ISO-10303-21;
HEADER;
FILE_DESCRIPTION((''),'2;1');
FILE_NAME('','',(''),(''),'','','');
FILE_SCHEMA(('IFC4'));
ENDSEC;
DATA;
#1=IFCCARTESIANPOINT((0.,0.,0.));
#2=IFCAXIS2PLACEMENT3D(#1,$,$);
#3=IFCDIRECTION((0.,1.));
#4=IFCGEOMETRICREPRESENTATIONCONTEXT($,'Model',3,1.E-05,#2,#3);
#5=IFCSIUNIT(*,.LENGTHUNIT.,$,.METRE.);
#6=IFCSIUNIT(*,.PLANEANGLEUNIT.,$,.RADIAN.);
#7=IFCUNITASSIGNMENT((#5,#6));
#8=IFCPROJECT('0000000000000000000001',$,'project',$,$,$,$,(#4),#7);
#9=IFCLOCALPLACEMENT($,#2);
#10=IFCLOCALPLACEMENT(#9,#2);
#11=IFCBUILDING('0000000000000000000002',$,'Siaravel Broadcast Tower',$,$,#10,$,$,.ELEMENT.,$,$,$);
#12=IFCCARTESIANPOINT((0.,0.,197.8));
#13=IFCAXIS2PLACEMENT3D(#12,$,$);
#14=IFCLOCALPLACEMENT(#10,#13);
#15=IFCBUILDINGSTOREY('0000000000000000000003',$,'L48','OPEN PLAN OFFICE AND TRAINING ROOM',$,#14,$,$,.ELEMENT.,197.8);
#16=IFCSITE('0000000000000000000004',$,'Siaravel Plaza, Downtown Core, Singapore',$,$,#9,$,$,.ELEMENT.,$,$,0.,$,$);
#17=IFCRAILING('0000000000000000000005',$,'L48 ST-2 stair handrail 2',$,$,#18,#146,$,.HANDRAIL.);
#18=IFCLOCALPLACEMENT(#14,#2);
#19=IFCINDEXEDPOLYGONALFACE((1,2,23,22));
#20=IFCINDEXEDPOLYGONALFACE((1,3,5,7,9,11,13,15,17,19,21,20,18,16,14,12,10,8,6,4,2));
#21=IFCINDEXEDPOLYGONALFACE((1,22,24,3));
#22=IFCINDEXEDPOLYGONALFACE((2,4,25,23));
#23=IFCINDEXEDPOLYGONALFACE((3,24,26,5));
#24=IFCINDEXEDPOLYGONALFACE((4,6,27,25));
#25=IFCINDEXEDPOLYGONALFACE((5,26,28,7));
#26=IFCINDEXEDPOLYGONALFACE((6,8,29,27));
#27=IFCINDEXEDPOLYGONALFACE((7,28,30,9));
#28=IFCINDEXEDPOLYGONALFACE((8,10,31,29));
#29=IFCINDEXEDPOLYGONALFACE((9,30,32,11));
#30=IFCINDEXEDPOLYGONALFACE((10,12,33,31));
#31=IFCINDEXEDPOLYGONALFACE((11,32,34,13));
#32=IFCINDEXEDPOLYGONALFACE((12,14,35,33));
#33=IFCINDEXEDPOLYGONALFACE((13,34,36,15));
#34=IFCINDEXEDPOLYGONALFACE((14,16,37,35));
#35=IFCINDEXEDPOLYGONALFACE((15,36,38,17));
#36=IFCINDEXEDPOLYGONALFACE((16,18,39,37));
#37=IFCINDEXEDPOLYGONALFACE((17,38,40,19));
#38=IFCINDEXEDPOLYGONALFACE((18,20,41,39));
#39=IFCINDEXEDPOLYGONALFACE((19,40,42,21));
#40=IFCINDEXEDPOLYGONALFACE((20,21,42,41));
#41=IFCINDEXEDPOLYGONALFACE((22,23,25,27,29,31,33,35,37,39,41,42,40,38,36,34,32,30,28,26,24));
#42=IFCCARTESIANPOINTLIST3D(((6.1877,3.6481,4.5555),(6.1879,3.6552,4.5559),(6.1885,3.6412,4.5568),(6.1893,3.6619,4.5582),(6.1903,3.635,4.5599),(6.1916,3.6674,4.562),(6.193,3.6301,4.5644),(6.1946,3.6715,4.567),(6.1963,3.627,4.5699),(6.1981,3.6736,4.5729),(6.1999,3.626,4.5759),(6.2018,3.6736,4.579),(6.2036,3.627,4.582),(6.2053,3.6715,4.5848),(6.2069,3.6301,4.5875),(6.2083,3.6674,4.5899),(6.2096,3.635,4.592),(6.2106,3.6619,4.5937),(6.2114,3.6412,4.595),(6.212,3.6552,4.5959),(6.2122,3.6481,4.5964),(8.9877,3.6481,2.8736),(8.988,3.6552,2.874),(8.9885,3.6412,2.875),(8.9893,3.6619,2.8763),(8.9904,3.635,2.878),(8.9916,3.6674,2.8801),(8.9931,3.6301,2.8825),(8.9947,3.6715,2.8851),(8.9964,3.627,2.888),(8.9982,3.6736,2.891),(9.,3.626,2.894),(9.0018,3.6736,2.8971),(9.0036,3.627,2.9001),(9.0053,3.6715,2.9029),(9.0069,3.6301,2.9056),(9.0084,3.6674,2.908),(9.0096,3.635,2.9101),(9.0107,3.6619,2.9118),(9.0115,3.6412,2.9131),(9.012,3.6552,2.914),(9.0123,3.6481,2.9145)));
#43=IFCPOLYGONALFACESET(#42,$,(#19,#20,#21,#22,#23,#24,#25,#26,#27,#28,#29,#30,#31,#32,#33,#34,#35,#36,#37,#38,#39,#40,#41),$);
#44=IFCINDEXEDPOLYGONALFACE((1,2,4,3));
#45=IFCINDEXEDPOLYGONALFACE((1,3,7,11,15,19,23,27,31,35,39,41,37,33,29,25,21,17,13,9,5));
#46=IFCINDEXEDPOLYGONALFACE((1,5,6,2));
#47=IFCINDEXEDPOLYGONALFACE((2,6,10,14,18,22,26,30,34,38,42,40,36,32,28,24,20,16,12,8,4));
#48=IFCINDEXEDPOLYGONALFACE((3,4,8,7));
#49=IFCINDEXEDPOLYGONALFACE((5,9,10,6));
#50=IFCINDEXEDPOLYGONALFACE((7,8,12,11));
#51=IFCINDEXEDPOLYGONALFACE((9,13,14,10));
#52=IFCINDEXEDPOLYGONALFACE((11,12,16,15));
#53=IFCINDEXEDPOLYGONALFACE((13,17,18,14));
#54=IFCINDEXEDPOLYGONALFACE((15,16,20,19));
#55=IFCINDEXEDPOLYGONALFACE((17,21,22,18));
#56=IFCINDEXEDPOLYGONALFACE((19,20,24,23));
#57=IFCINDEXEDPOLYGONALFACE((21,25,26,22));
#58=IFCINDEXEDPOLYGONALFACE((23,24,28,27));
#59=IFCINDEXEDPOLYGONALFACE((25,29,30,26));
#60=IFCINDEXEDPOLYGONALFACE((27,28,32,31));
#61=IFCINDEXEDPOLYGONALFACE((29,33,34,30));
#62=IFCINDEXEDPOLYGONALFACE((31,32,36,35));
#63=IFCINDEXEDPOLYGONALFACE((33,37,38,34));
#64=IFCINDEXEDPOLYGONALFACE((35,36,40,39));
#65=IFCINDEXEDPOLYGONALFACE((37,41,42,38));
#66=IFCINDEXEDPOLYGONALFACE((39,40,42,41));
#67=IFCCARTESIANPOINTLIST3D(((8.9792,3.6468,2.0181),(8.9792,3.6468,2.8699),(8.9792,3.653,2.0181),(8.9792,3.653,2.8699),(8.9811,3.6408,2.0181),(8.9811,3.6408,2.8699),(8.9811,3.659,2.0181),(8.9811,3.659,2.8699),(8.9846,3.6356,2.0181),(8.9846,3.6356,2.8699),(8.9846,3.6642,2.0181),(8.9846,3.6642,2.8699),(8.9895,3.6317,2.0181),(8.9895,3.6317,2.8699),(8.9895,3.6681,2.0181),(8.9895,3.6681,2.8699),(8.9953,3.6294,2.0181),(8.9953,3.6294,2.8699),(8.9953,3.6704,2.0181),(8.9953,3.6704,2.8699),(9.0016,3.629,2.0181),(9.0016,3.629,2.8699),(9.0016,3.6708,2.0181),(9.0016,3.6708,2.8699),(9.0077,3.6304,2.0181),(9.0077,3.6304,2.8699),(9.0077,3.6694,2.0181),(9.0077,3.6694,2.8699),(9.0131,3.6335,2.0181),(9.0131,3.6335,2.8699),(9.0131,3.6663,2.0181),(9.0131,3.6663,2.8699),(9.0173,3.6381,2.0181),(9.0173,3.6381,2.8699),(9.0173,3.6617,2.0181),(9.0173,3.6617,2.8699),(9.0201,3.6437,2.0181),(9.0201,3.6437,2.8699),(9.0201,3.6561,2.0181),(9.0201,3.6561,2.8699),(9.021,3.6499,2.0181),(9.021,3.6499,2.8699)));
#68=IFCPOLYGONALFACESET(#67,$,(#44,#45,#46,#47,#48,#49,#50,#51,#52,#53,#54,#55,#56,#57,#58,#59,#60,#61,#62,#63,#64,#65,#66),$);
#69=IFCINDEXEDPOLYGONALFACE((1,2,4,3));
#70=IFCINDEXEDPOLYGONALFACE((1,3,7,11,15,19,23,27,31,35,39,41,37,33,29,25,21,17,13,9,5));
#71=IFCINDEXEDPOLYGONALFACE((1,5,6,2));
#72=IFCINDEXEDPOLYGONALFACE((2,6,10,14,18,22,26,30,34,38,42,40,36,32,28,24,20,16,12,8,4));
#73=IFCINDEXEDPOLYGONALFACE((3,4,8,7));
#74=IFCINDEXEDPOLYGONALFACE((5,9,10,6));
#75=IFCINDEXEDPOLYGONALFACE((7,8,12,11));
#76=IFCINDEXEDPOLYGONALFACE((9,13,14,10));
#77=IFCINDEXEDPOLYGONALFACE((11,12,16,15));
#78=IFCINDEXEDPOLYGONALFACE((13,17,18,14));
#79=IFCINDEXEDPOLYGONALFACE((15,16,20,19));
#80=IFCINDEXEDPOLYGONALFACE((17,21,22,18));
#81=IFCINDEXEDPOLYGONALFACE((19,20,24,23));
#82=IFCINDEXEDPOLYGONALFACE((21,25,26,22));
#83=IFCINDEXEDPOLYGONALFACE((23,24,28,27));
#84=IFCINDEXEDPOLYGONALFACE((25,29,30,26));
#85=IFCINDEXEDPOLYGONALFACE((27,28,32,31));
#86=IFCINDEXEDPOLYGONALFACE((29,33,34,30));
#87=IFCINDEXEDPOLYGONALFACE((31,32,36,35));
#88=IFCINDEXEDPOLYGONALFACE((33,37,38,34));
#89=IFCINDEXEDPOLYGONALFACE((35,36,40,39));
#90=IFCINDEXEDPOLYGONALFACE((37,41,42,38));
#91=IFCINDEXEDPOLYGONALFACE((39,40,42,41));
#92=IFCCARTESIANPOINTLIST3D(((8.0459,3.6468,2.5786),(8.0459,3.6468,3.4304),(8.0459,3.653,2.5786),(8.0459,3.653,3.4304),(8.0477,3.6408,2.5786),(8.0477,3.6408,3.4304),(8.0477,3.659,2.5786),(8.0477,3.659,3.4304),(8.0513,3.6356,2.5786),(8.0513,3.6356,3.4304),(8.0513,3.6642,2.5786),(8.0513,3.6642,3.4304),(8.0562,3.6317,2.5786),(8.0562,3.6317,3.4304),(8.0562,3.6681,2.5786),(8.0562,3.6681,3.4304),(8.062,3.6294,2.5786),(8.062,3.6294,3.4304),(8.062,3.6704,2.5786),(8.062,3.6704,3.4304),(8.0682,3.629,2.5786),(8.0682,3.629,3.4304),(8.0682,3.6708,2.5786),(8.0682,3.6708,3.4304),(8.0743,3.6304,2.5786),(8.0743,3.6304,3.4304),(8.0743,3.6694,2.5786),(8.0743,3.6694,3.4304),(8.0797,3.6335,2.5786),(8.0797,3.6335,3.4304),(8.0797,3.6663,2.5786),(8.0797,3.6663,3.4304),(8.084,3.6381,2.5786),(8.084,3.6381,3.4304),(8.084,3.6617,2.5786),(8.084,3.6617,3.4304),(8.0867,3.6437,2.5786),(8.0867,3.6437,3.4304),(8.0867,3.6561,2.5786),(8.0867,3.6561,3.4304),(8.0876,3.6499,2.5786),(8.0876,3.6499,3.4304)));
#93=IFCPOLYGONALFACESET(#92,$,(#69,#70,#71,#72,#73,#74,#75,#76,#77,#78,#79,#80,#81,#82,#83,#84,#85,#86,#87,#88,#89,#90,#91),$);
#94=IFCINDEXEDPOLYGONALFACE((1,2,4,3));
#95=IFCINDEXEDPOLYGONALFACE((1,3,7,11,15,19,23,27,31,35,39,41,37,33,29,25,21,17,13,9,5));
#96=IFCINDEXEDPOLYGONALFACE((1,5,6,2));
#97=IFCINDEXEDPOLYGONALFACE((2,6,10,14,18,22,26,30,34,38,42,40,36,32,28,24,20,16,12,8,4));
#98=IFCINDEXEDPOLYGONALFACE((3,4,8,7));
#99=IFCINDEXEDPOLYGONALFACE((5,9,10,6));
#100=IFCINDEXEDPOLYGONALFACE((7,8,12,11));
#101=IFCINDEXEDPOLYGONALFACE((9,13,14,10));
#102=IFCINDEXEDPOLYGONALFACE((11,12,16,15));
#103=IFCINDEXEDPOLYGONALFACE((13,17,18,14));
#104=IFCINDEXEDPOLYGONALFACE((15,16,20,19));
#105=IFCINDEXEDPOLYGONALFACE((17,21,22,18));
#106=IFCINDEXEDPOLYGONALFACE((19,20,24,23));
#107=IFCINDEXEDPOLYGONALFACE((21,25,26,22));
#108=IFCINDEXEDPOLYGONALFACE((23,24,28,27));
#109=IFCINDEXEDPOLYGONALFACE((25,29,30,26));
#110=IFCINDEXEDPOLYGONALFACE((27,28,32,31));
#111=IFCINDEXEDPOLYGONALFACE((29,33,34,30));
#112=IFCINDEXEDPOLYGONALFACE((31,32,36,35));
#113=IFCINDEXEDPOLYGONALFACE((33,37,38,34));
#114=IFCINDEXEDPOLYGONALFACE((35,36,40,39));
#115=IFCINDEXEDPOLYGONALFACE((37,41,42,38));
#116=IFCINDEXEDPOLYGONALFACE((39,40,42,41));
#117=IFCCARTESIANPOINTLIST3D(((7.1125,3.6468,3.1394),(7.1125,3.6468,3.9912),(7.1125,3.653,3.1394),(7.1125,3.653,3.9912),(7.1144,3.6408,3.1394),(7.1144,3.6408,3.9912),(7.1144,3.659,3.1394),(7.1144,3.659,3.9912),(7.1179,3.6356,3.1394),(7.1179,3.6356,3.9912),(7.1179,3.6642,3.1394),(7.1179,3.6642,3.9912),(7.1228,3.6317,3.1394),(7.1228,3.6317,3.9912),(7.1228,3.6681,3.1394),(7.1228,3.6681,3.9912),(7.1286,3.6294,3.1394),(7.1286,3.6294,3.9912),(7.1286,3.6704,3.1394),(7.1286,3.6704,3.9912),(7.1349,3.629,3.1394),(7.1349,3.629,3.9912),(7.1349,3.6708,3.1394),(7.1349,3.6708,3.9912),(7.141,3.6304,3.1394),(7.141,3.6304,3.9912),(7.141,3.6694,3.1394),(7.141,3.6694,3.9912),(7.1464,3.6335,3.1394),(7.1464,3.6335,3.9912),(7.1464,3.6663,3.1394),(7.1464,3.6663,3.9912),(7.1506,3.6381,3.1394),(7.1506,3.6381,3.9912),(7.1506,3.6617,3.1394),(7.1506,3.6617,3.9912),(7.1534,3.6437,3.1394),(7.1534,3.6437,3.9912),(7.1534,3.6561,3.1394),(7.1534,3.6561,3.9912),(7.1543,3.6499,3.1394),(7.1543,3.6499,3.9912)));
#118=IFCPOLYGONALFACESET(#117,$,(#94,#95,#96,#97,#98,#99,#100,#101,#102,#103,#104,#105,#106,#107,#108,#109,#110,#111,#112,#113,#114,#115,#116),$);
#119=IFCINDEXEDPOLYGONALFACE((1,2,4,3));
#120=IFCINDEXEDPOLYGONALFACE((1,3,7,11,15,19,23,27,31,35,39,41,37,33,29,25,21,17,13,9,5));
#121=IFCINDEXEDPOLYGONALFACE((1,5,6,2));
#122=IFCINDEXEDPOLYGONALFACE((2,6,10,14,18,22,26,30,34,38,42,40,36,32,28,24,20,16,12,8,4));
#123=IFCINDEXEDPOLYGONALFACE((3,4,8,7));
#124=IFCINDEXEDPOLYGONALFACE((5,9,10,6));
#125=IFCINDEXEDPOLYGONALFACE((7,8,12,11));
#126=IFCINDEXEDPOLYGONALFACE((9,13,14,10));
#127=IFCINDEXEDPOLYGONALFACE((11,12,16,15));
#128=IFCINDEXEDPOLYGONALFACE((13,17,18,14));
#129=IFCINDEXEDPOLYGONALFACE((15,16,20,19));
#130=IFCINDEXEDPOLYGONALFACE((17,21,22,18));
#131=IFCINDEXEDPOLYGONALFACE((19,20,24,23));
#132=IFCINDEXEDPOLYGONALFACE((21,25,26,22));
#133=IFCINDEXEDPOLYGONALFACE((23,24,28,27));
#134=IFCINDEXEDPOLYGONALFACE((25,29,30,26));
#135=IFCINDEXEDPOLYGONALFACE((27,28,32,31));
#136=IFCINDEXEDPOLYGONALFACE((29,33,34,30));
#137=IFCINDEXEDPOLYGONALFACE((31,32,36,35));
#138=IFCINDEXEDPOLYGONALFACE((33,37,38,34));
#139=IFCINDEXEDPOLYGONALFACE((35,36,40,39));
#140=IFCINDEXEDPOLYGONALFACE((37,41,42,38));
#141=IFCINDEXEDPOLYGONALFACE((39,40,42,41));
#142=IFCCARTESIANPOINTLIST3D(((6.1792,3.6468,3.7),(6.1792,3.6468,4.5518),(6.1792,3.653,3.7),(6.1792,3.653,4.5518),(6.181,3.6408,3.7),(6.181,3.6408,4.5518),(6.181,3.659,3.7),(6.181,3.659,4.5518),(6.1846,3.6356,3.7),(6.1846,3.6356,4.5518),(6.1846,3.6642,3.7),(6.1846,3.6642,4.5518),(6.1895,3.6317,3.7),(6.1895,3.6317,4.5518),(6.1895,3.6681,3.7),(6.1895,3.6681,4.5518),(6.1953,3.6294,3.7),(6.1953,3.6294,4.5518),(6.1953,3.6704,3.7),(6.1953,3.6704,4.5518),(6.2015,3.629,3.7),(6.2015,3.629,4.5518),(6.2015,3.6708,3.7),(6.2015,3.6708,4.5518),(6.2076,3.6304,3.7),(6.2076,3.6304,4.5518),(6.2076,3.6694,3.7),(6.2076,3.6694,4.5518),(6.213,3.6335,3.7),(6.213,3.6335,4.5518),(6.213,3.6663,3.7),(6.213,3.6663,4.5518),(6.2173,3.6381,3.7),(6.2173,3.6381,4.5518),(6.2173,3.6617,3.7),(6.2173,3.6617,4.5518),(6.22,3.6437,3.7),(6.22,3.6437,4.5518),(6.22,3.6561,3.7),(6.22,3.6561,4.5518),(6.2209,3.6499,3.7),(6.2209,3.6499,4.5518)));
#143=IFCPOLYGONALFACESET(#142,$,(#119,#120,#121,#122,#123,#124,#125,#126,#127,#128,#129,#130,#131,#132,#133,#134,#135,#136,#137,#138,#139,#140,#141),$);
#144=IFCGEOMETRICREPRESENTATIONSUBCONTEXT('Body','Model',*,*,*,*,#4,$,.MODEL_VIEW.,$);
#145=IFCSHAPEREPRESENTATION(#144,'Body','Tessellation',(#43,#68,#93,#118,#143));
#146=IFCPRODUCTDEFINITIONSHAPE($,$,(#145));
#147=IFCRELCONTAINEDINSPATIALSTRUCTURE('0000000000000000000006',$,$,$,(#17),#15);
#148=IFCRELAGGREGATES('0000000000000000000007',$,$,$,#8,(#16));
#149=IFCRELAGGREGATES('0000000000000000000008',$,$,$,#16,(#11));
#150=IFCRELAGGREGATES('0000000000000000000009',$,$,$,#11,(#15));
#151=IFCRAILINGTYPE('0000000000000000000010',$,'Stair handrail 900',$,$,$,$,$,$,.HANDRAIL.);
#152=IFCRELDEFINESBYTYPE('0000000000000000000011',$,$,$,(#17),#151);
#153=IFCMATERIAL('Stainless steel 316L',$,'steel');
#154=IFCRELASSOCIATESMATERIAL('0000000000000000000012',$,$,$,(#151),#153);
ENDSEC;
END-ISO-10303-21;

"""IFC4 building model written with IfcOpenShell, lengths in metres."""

from ifc_helpers import new_model, si_unit, direction, frame, origin, origin_2d, place, context, subcontext, project, spatial, circle, extrude, material, type_object, element, save


model = new_model("IFC4")

# Units and contexts
model_context = context("Model", 3, precision=1e-05, world=origin(), true_north=direction((0.0, 1.0)))
body_context = subcontext(model_context, "Body", "Model", "MODEL_VIEW")
ifc_project = project(units=[si_unit("LENGTHUNIT", "METRE"), si_unit("PLANEANGLEUNIT", "RADIAN")], contexts=[model_context])

# Site, building, storey
site_placement = place(None, origin())
site = spatial("IfcSite", under=ifc_project, at=site_placement, Name="Siaravel Plaza, Downtown Core, Singapore", CompositionType="ELEMENT", RefElevation=0.0)
building_placement = place(site_placement, origin())
building = spatial("IfcBuilding", under=site, at=building_placement, Name="Siaravel Broadcast Tower", CompositionType="ELEMENT")
storey_placement = place(building_placement, frame((0.0, 0.0, 197.8)))
storey = spatial("IfcBuildingStorey", under=building, at=storey_placement, Name="L48", Description="OPEN PLAN OFFICE AND TRAINING ROOM", CompositionType="ELEMENT", Elevation=197.8)

# Railing
ifc_material_1 = material(Name="Stainless steel 316L", Category="steel")
railing_type_1 = type_object("IfcRailingType", Name="Stair handrail 900", PredefinedType="HANDRAIL", material=ifc_material_1)
railing_1_placement = place(storey_placement, frame((9.0, 3.6499, 2.0181)))
element("IfcRailing", 1, at=railing_1_placement, inside=storey, type_object=railing_type_1, Name="L48 ST-2 stair handrail 2", PredefinedType="HANDRAIL", context=body_context, shape_type="SweptSolid", body=[
    extrude(circle(Radius=0.0239, at=origin_2d()), frame((0.0, 0.0, 0.876), z_axis=(-0.857242, 0.0, 0.514913), x_axis=(0.0, -1.0, 0.0)), (0.0, 0.0, 1.0), 3.2664),
    extrude(circle(Radius=0.021, at=origin_2d()), origin(), (0.0, 0.0, 1.0), 0.8518),
    extrude(circle(Radius=0.021, at=origin_2d()), frame((-0.9333, 0.0, 0.5605)), (0.0, 0.0, 1.0), 0.8518),
    extrude(circle(Radius=0.021, at=origin_2d()), frame((-1.8667, 0.0, 1.1213)), (0.0, 0.0, 1.0), 0.8518),
    extrude(circle(Radius=0.021, at=origin_2d()), frame((-2.8, 0.0, 1.6819)), (0.0, 0.0, 1.0), 0.8518),
])

save(model, "model.ifc")
